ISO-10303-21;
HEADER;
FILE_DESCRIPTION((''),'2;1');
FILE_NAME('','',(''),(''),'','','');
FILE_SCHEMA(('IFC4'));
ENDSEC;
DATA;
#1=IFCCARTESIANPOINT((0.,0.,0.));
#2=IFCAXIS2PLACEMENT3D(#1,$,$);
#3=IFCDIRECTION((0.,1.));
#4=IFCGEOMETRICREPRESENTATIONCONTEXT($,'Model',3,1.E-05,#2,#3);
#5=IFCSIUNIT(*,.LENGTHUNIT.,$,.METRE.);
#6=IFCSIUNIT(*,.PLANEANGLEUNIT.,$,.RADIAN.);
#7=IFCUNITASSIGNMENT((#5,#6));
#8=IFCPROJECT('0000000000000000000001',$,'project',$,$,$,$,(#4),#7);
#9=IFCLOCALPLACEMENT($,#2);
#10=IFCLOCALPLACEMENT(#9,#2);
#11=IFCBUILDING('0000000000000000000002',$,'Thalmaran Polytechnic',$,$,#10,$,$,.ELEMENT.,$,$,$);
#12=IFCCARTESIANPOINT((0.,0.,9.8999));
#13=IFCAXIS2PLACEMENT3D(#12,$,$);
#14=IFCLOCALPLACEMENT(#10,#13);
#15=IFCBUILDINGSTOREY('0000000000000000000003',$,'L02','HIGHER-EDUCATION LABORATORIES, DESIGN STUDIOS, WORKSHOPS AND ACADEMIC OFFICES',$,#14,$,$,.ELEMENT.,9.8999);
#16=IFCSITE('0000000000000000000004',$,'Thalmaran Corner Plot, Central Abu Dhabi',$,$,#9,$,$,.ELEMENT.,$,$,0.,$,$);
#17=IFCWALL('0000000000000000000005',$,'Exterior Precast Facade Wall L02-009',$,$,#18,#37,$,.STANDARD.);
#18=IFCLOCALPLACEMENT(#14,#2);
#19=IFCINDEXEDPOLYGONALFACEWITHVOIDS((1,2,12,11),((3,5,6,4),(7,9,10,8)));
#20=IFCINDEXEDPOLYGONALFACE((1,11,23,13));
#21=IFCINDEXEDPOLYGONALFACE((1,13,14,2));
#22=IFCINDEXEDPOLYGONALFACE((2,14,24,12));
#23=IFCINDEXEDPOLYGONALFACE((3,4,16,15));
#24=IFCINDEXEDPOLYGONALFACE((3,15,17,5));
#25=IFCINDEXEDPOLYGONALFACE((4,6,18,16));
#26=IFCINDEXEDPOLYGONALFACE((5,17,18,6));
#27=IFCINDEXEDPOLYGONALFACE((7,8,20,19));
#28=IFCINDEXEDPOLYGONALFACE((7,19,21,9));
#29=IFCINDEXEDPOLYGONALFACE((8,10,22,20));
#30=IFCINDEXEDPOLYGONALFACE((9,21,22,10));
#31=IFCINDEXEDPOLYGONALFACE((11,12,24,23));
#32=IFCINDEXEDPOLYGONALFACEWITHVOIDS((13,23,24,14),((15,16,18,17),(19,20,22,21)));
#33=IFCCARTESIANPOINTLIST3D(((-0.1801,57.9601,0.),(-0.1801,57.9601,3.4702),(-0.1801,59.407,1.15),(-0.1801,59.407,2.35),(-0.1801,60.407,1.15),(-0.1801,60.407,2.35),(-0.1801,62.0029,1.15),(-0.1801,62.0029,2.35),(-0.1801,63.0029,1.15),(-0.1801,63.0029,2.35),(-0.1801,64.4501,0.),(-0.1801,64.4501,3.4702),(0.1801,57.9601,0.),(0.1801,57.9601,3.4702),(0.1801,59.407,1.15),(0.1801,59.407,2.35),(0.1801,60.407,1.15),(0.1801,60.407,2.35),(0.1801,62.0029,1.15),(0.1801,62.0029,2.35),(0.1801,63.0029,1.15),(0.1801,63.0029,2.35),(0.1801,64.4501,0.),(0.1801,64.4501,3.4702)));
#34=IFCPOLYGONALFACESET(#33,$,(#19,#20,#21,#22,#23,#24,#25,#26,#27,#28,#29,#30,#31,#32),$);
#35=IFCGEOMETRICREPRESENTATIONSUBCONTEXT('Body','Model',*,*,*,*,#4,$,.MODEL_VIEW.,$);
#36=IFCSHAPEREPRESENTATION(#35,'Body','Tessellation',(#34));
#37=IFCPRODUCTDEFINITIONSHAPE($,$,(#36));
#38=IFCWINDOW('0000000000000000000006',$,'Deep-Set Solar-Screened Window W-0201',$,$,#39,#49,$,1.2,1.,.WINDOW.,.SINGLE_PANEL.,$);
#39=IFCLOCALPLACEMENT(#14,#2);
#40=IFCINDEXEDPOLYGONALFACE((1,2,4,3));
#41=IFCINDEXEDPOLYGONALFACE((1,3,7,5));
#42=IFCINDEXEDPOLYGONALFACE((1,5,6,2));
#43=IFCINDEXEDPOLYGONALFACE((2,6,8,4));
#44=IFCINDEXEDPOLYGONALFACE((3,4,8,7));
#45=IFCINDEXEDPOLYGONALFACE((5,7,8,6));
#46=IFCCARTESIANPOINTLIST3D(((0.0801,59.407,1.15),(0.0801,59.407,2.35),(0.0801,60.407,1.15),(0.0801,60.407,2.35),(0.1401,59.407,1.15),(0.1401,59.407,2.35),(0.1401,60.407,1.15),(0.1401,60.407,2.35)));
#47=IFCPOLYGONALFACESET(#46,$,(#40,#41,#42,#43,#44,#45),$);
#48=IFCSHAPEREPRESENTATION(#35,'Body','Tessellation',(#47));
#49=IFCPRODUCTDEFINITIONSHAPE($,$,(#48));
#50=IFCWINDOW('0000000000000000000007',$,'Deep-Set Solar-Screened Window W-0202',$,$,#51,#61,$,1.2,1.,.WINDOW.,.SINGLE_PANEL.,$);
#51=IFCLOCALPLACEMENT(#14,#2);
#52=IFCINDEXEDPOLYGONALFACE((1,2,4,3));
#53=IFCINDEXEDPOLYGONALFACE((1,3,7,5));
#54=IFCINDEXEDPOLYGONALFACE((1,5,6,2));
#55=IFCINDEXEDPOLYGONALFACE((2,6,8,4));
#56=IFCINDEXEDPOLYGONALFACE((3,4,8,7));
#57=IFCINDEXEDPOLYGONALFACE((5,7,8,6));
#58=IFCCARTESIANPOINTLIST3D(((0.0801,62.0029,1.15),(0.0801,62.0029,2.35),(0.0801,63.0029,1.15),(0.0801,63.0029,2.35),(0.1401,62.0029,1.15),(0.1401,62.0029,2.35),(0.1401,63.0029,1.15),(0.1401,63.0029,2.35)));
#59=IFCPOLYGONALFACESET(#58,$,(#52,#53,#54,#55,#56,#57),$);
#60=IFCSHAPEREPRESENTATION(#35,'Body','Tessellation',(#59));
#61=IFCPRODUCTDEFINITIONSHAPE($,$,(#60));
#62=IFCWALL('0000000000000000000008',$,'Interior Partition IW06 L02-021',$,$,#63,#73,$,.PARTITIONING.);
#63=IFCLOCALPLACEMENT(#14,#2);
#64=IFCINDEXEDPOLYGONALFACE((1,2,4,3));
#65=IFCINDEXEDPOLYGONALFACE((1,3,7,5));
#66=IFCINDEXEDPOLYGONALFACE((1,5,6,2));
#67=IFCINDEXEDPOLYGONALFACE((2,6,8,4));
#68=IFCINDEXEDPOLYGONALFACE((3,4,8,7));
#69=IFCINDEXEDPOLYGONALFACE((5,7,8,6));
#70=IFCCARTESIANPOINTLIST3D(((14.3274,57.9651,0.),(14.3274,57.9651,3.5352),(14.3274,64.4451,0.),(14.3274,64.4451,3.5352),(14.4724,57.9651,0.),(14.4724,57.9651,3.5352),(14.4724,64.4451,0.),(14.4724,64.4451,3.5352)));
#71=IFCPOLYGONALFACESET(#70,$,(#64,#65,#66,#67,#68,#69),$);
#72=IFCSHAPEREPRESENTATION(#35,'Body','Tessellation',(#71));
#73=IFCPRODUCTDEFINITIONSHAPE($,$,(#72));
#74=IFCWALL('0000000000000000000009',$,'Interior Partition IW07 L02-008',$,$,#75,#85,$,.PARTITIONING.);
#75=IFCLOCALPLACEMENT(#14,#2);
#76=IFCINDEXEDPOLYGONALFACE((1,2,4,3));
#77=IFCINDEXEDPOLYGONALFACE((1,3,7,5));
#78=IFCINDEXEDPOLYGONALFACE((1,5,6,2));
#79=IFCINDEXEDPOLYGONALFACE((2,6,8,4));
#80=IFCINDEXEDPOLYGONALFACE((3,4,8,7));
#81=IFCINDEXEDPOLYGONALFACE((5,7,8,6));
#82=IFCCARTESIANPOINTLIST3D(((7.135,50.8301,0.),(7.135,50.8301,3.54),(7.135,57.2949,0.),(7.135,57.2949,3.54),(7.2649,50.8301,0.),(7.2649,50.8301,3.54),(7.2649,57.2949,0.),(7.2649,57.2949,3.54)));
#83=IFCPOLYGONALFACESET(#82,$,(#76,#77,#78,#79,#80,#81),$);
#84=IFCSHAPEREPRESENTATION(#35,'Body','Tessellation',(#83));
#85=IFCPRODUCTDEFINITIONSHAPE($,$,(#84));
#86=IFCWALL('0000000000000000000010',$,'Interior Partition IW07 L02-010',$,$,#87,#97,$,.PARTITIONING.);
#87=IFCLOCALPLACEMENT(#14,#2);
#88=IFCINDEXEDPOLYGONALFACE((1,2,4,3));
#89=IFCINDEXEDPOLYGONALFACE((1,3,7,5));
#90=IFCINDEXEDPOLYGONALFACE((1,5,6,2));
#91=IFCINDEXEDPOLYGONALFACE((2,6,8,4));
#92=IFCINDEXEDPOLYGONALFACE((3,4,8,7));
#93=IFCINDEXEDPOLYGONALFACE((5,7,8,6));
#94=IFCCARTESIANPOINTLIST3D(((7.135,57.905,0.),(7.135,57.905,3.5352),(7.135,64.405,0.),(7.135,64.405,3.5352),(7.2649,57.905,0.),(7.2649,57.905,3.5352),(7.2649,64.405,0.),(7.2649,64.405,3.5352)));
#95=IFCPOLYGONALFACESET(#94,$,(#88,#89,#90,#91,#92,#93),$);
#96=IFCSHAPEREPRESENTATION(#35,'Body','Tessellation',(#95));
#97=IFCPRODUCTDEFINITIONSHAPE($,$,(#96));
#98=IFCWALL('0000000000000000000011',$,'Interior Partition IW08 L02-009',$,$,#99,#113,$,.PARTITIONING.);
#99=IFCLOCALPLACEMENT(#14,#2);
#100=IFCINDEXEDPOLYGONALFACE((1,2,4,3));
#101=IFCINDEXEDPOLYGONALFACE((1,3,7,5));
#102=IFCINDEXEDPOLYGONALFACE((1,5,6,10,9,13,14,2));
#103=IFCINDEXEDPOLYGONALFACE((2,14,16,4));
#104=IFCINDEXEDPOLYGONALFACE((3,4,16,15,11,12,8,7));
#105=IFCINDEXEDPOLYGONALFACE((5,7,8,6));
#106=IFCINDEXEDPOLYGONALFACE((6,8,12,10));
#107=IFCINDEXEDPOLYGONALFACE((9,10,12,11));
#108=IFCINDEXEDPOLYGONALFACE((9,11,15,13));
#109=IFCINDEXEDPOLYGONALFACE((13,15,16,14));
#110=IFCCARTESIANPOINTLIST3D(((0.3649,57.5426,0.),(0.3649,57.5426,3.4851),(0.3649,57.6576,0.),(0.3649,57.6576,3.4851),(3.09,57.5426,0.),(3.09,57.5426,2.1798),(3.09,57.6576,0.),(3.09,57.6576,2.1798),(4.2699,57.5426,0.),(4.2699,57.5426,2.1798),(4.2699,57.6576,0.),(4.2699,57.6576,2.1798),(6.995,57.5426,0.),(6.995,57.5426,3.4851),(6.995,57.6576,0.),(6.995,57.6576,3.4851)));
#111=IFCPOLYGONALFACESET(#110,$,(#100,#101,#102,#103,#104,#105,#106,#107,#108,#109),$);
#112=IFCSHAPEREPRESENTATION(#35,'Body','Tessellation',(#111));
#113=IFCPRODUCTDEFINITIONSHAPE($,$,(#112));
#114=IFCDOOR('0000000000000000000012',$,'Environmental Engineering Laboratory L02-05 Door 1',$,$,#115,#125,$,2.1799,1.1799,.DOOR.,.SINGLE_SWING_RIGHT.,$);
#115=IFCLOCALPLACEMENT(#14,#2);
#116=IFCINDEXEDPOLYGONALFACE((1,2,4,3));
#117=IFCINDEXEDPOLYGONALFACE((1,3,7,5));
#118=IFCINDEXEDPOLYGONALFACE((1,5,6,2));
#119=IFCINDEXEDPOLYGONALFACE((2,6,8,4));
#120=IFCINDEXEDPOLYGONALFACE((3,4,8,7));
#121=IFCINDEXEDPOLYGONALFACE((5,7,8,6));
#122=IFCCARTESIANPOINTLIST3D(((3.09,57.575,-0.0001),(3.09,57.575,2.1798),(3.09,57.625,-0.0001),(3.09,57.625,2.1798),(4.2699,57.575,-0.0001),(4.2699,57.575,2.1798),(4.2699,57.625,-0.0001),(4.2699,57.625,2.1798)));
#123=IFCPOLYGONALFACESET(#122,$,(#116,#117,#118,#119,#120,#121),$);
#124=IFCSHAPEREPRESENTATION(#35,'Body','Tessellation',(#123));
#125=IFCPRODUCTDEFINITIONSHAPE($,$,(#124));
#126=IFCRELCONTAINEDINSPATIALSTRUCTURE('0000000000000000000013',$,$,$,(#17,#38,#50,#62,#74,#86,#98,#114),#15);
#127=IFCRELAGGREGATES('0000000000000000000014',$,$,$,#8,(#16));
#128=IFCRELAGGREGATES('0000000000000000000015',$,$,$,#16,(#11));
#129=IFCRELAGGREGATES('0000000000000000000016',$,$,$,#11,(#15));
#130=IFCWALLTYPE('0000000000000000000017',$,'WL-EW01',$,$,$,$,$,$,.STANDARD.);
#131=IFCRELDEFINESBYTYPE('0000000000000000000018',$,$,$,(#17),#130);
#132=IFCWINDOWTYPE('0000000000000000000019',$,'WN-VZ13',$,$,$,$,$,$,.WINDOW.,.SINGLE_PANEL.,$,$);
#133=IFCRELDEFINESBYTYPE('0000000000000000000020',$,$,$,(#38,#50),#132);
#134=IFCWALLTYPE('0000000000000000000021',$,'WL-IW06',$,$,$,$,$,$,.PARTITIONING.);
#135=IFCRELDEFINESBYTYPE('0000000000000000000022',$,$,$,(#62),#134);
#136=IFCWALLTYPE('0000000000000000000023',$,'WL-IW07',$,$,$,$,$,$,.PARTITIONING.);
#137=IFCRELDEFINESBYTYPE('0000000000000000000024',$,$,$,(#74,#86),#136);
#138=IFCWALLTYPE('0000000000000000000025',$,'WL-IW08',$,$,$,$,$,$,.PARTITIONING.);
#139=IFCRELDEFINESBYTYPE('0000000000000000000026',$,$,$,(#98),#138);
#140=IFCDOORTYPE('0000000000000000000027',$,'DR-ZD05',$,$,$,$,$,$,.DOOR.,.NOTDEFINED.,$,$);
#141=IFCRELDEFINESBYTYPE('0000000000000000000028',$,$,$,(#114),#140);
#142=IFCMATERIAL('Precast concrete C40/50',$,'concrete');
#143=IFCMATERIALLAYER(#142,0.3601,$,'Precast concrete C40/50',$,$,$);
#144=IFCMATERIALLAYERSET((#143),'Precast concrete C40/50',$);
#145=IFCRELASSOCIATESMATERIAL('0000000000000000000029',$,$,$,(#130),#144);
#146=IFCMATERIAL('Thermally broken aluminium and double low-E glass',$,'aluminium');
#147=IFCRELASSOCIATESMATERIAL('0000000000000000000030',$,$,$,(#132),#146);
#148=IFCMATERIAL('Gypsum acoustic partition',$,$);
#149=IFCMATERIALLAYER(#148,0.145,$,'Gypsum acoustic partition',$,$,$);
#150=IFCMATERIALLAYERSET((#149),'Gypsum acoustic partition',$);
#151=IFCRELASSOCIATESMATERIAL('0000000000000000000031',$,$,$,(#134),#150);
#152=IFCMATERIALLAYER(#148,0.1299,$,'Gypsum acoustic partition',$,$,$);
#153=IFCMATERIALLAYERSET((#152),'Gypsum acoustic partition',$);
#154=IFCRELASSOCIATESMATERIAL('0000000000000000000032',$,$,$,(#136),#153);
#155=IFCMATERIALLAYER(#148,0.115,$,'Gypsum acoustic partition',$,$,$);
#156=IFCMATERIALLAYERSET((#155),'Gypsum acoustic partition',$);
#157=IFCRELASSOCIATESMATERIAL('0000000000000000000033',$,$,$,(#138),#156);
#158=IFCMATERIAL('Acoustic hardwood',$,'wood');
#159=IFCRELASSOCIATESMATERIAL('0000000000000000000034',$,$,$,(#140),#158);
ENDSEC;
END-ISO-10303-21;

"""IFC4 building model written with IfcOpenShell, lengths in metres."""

from ifc_helpers import new_model, si_unit, direction, frame, frame_2d, origin, place, context, subcontext, project, spatial, rectangle, extrude, material, layer, layer_set, type_object, element, fill, save


model = new_model("IFC4")

# Units and contexts
model_context = context("Model", 3, precision=1e-05, world=origin(), true_north=direction((0.0, 1.0)))
body_context = subcontext(model_context, "Body", "Model", "MODEL_VIEW")
ifc_project = project(units=[si_unit("LENGTHUNIT", "METRE"), si_unit("PLANEANGLEUNIT", "RADIAN")], contexts=[model_context])

# Site, building, storey
site_placement = place(None, origin())
site = spatial("IfcSite", under=ifc_project, at=site_placement, Name="Thalmaran Corner Plot, Central Abu Dhabi", CompositionType="ELEMENT", RefElevation=0.0)
building_placement = place(site_placement, origin())
building = spatial("IfcBuilding", under=site, at=building_placement, Name="Thalmaran Polytechnic", CompositionType="ELEMENT")
storey_placement = place(building_placement, frame((0.0, 0.0, 9.8999)))
storey = spatial("IfcBuildingStorey", under=building, at=storey_placement, Name="L02", Description="HIGHER-EDUCATION LABORATORIES, DESIGN STUDIOS, WORKSHOPS AND ACADEMIC OFFICES", CompositionType="ELEMENT", Elevation=9.8999)

# Wall, openings, windows
ifc_material_1 = material(Name="Precast concrete C40/50", Category="concrete")
ifc_layer_1 = layer(ifc_material_1, 0.3601, Name="Precast concrete C40/50")
ifc_layer_set_1 = layer_set([ifc_layer_1], Name="Precast concrete C40/50")
wall_type_1 = type_object("IfcWallType", Name="WL-EW01", PredefinedType="STANDARD", material=ifc_layer_set_1)
wall_1_placement = place(storey_placement, frame((0.0, 57.96, 0.0), z_axis=(0.0, 0.0, 1.0), x_axis=(0.0, 1.0, 0.0)))
wall_1 = element("IfcWall", 1, at=wall_1_placement, inside=storey, type_object=wall_type_1, Name="Exterior Precast Facade Wall L02-009", PredefinedType="STANDARD", context=body_context, shape_type="SweptSolid", body=[
    extrude(rectangle(XDim=6.49, YDim=0.3601, at=frame_2d((3.2451, 0.0))), origin(), (0.0, 0.0, 1.0), 3.4702),
])
opening_1_placement = place(wall_1_placement, frame((1.447, 0.0, 1.1499)))
opening_1 = element("IfcOpeningElement", 2, at=opening_1_placement, cuts=wall_1, PredefinedType="OPENING", context=body_context, shape_type="SweptSolid", body=[
    extrude(rectangle(XDim=1.0, YDim=1.2, at=frame_2d((0.5, 0.6001))), frame((0.0, 0.1899, 0.0), z_axis=(0.0, -1.0, 0.0), x_axis=(1.0, 0.0, 0.0)), (0.0, 0.0, 1.0), 0.3801),
])
opening_2_placement = place(wall_1_placement, frame((4.043, 0.0, 1.1499)))
opening_2 = element("IfcOpeningElement", 3, at=opening_2_placement, cuts=wall_1, PredefinedType="OPENING", context=body_context, shape_type="SweptSolid", body=[
    extrude(rectangle(XDim=1.0, YDim=1.2, at=frame_2d((0.5, 0.6001))), frame((0.0, 0.1899, 0.0), z_axis=(0.0, -1.0, 0.0), x_axis=(1.0, 0.0, 0.0)), (0.0, 0.0, 1.0), 0.3801),
])
ifc_material_2 = material(Name="Thermally broken aluminium and double low-E glass", Category="aluminium")
window_type = type_object("IfcWindowType", Name="WN-VZ13", PartitioningType="SINGLE_PANEL", PredefinedType="WINDOW", material=ifc_material_2)
window_1_placement = place(opening_1_placement, origin())
window_1 = element("IfcWindow", 4, at=window_1_placement, inside=storey, type_object=window_type, Name="Deep-Set Solar-Screened Window W-0201", OverallHeight=1.2, OverallWidth=1.0, PartitioningType="SINGLE_PANEL", PredefinedType="WINDOW", context=body_context, shape_type="SweptSolid", body=[
    extrude(rectangle(XDim=1.0, YDim=1.2, at=frame_2d((0.5, 0.6001))), frame((0.0, -0.0801, 0.0), z_axis=(0.0, -1.0, 0.0), x_axis=(1.0, 0.0, 0.0)), (0.0, 0.0, 1.0), 0.0601),
])
fill(opening_1, window_1)
window_2_placement = place(opening_2_placement, origin())
window_2 = element("IfcWindow", 5, at=window_2_placement, inside=storey, type_object=window_type, Name="Deep-Set Solar-Screened Window W-0202", OverallHeight=1.2, OverallWidth=1.0, PartitioningType="SINGLE_PANEL", PredefinedType="WINDOW", context=body_context, shape_type="SweptSolid", body=[
    extrude(rectangle(XDim=1.0, YDim=1.2, at=frame_2d((0.5, 0.6001))), frame((0.0, -0.0801, 0.0), z_axis=(0.0, -1.0, 0.0), x_axis=(1.0, 0.0, 0.0)), (0.0, 0.0, 1.0), 0.0601),
])
fill(opening_2, window_2)

# Walls
ifc_material_3 = material(Name="Gypsum acoustic partition")
ifc_layer_2 = layer(ifc_material_3, 0.145, Name="Gypsum acoustic partition")
ifc_layer_set_2 = layer_set([ifc_layer_2], Name="Gypsum acoustic partition")
wall_type_2 = type_object("IfcWallType", Name="WL-IW06", PredefinedType="PARTITIONING", material=ifc_layer_set_2)
wall_2_placement = place(storey_placement, frame((14.3999, 57.9651, 0.0), z_axis=(0.0, 0.0, 1.0), x_axis=(0.0, 1.0, 0.0)))
element("IfcWall", 6, at=wall_2_placement, inside=storey, type_object=wall_type_2, Name="Interior Partition IW06 L02-021", PredefinedType="PARTITIONING", context=body_context, shape_type="SweptSolid", body=[
    extrude(rectangle(XDim=6.48, YDim=0.145, at=frame_2d((3.24, 0.0))), origin(), (0.0, 0.0, 1.0), 3.5352),
])
ifc_layer_3 = layer(ifc_material_3, 0.1299, Name="Gypsum acoustic partition")
ifc_layer_set_3 = layer_set([ifc_layer_3], Name="Gypsum acoustic partition")
wall_type_3 = type_object("IfcWallType", Name="WL-IW07", PredefinedType="PARTITIONING", material=ifc_layer_set_3)
wall_3_placement = place(storey_placement, frame((7.2, 50.8301, 0.0), z_axis=(0.0, 0.0, 1.0), x_axis=(0.0, 1.0, 0.0)))
element("IfcWall", 7, at=wall_3_placement, inside=storey, type_object=wall_type_3, Name="Interior Partition IW07 L02-008", PredefinedType="PARTITIONING", context=body_context, shape_type="SweptSolid", body=[
    extrude(rectangle(XDim=6.4648, YDim=0.1299, at=frame_2d((3.2324, 0.0))), origin(), (0.0, 0.0, 1.0), 3.54),
])
wall_4_placement = place(storey_placement, frame((7.2, 57.905, 0.0), z_axis=(0.0, 0.0, 1.0), x_axis=(0.0, 1.0, 0.0)))
element("IfcWall", 8, at=wall_4_placement, inside=storey, type_object=wall_type_3, Name="Interior Partition IW07 L02-010", PredefinedType="PARTITIONING", context=body_context, shape_type="SweptSolid", body=[
    extrude(rectangle(XDim=6.5, YDim=0.1299, at=frame_2d((3.25, 0.0))), origin(), (0.0, 0.0, 1.0), 3.5352),
])

# Wall, opening, door
ifc_layer_4 = layer(ifc_material_3, 0.115, Name="Gypsum acoustic partition")
ifc_layer_set_4 = layer_set([ifc_layer_4], Name="Gypsum acoustic partition")
wall_type_4 = type_object("IfcWallType", Name="WL-IW08", PredefinedType="PARTITIONING", material=ifc_layer_set_4)
wall_5_placement = place(storey_placement, frame((0.365, 57.6001, 0.0), z_axis=(0.0, 0.0, 1.0), x_axis=(1.0, 0.0, 0.0)))
wall_5 = element("IfcWall", 9, at=wall_5_placement, inside=storey, type_object=wall_type_4, Name="Interior Partition IW08 L02-009", PredefinedType="PARTITIONING", context=body_context, shape_type="SweptSolid", body=[
    extrude(rectangle(XDim=6.6301, YDim=0.115, at=frame_2d((3.3149, 0.0))), origin(), (0.0, 0.0, 1.0), 3.4851),
])
opening_3_placement = place(wall_5_placement, frame((2.7251, 0.0, 0.0)))
opening_3 = element("IfcOpeningElement", 10, at=opening_3_placement, cuts=wall_5, PredefinedType="OPENING", context=body_context, shape_type="SweptSolid", body=[
    extrude(rectangle(XDim=1.1799, YDim=2.1799, at=frame_2d((0.5898, 1.0898))), frame((0.0, 0.0674, 0.0), z_axis=(0.0, -1.0, 0.0), x_axis=(1.0, 0.0, 0.0)), (0.0, 0.0, 1.0), 0.135),
])
ifc_material_4 = material(Name="Acoustic hardwood", Category="wood")
door_type = type_object("IfcDoorType", Name="DR-ZD05", OperationType="NOTDEFINED", PredefinedType="DOOR", material=ifc_material_4)
door_placement = place(opening_3_placement, origin())
door = element("IfcDoor", 11, at=door_placement, inside=storey, type_object=door_type, Name="Environmental Engineering Laboratory L02-05 Door 1", OperationType="SINGLE_SWING_RIGHT", OverallHeight=2.1799, OverallWidth=1.1799, PredefinedType="DOOR", context=body_context, shape_type="SweptSolid", body=[
    extrude(rectangle(XDim=1.1799, YDim=2.1799, at=frame_2d((0.5898, 1.0898))), frame((0.0, 0.0249, 0.0), z_axis=(0.0, -1.0, 0.0), x_axis=(1.0, 0.0, 0.0)), (0.0, 0.0, 1.0), 0.05),
])
fill(opening_3, door)

save(model, "model.ifc")
